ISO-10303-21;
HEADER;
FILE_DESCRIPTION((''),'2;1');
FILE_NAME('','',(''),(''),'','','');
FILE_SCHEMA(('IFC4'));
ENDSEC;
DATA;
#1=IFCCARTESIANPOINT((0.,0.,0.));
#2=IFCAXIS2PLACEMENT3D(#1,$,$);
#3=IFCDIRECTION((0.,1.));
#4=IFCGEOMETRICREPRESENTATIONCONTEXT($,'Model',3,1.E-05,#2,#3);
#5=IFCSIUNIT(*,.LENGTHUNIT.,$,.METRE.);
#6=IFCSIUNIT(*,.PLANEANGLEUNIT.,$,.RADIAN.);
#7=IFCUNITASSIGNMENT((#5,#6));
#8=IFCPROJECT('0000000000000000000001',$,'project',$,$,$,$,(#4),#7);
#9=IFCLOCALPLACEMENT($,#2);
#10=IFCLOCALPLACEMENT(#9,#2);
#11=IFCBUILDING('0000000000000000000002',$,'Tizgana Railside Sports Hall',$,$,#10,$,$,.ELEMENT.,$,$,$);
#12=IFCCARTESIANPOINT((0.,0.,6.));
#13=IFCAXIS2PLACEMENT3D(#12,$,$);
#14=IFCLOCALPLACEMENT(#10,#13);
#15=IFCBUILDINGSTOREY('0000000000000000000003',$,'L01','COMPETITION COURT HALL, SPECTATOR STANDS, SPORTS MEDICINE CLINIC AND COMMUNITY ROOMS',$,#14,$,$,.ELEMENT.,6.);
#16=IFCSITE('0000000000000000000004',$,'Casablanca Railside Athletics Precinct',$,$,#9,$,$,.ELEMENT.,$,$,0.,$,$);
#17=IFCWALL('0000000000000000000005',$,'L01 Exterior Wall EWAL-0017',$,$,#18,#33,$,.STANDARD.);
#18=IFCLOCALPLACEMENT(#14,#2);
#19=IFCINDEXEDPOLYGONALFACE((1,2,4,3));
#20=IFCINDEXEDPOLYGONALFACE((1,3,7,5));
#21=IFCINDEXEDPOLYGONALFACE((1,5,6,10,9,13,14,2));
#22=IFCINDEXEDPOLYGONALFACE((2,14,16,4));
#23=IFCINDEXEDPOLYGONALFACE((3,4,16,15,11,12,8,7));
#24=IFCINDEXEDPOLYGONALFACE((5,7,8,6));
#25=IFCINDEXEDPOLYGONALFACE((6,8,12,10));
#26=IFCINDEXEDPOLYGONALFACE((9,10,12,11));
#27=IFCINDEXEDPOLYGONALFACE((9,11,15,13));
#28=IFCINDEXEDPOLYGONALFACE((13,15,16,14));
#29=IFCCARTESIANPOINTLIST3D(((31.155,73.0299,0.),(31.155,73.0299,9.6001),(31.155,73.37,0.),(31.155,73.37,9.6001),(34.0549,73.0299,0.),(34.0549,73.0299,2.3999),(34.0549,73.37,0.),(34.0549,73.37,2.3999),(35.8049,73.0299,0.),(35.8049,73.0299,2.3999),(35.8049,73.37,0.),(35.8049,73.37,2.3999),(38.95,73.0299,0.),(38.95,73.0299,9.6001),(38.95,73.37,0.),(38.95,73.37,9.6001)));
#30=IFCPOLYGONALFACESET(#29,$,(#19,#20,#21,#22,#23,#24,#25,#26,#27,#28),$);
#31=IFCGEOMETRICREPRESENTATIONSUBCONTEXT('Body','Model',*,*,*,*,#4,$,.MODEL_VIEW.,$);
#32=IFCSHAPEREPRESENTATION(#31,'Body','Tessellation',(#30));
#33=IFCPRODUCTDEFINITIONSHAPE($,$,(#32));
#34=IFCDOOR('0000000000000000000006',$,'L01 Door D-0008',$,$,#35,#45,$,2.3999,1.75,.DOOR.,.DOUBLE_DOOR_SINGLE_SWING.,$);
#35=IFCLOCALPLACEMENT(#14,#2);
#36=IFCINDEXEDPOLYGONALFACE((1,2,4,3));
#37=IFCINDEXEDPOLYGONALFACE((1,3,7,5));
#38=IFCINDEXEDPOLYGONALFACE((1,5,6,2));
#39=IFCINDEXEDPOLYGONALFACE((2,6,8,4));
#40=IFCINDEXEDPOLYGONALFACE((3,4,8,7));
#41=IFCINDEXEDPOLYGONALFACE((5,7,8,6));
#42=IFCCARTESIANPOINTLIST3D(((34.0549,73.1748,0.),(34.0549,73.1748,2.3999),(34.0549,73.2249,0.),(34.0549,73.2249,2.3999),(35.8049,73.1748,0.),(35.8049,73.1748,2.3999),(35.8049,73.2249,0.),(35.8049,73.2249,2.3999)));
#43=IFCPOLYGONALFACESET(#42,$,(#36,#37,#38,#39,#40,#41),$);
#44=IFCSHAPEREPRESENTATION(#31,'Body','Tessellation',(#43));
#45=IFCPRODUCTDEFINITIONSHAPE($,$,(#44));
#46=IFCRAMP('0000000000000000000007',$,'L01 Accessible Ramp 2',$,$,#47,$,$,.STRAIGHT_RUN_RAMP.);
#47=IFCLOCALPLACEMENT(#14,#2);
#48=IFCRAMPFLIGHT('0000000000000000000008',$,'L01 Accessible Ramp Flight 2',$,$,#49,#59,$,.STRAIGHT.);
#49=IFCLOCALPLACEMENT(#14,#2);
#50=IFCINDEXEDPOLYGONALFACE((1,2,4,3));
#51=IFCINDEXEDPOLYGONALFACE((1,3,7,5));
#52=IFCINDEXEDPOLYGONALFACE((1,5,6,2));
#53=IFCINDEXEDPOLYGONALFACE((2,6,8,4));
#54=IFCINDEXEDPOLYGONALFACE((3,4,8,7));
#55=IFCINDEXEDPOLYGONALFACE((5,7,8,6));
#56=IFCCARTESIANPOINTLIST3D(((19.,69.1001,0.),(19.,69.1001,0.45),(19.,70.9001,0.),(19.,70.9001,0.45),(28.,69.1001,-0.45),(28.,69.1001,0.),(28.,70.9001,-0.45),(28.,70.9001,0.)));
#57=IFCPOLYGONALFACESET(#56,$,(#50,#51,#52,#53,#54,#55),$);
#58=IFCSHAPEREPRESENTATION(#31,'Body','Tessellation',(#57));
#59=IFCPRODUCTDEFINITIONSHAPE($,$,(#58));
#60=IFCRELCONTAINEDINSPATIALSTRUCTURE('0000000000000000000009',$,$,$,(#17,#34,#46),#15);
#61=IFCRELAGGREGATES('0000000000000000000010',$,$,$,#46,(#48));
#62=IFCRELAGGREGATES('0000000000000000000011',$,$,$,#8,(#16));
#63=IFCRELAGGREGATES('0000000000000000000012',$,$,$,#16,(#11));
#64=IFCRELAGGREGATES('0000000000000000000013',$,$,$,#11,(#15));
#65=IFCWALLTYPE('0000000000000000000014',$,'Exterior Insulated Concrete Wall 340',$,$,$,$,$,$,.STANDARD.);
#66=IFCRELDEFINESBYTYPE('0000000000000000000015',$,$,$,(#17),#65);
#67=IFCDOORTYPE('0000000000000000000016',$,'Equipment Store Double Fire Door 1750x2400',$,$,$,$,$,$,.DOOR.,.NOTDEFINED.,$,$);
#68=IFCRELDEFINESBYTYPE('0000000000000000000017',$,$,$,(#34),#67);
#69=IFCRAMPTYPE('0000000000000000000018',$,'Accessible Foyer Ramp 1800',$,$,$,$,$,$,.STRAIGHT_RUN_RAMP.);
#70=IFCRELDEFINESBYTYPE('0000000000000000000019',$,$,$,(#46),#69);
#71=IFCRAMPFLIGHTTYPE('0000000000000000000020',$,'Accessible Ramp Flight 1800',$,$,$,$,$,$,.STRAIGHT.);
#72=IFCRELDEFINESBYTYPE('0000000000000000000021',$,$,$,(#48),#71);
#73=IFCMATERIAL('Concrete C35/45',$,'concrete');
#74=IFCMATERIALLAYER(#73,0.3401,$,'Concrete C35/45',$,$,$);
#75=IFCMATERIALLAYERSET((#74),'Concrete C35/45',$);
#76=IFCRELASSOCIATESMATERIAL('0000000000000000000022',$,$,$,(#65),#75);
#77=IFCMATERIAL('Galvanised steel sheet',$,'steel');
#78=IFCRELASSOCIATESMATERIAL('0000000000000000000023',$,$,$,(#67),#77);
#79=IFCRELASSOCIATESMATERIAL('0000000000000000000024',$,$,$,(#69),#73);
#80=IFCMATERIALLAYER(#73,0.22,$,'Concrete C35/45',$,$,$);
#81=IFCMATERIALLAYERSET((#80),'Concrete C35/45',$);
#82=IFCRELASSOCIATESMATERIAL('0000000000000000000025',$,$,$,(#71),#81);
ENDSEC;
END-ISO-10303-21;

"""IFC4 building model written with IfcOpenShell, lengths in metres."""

from ifc_helpers import new_model, si_unit, direction, frame, frame_2d, origin, place, context, subcontext, project, spatial, polyline, rectangle, outline, extrude, material, layer, layer_set, type_object, element, fill, aggregate, save


model = new_model("IFC4")

# Units and contexts
model_context = context("Model", 3, precision=1e-05, world=origin(), true_north=direction((0.0, 1.0)))
body_context = subcontext(model_context, "Body", "Model", "MODEL_VIEW")
ifc_project = project(units=[si_unit("LENGTHUNIT", "METRE"), si_unit("PLANEANGLEUNIT", "RADIAN")], contexts=[model_context])

# Site, building, storey
site_placement = place(None, origin())
site = spatial("IfcSite", under=ifc_project, at=site_placement, Name="Casablanca Railside Athletics Precinct", CompositionType="ELEMENT", RefElevation=0.0)
building_placement = place(site_placement, origin())
building = spatial("IfcBuilding", under=site, at=building_placement, Name="Tizgana Railside Sports Hall", CompositionType="ELEMENT")
storey_placement = place(building_placement, frame((0.0, 0.0, 6.0)))
storey = spatial("IfcBuildingStorey", under=building, at=storey_placement, Name="L01", Description="COMPETITION COURT HALL, SPECTATOR STANDS, SPORTS MEDICINE CLINIC AND COMMUNITY ROOMS", CompositionType="ELEMENT", Elevation=6.0)

# Shared definitions
ifc_material_1 = material(Name="Concrete C35/45", Category="concrete")
ifc_layer_1 = layer(ifc_material_1, 0.3401, Name="Concrete C35/45")
ifc_layer_set_1 = layer_set([ifc_layer_1], Name="Concrete C35/45")
wall_type_1 = type_object("IfcWallType", Name="Exterior Insulated Concrete Wall 340", PredefinedType="STANDARD", material=ifc_layer_set_1)
ifc_material_2 = material(Name="Galvanised steel sheet", Category="steel")
door_type = type_object("IfcDoorType", Name="Equipment Store Double Fire Door 1750x2400", OperationType="NOTDEFINED", PredefinedType="DOOR", material=ifc_material_2)

# Wall, opening, door
wall_1_placement = place(storey_placement, frame((31.155, 73.2, 0.0), z_axis=(0.0, 0.0, 1.0), x_axis=(1.0, 0.0, 0.0)))
wall_1 = element("IfcWall", 1, at=wall_1_placement, inside=storey, type_object=wall_type_1, Name="L01 Exterior Wall EWAL-0017", PredefinedType="STANDARD", context=body_context, shape_type="SweptSolid", body=[
    extrude(rectangle(XDim=7.7949, YDim=0.3401, at=frame_2d((3.8975, 0.0))), origin(), (0.0, 0.0, 1.0), 9.6001),
])
opening_1_placement = place(wall_1_placement, frame((2.8999, 0.0, 0.0)))
opening_1 = element("IfcOpeningElement", 2, at=opening_1_placement, cuts=wall_1, PredefinedType="OPENING", context=body_context, shape_type="SweptSolid", body=[
    extrude(rectangle(XDim=1.75, YDim=2.3999, at=frame_2d((0.875, 1.2))), frame((0.0, 0.1799, 0.0), z_axis=(0.0, -1.0, 0.0), x_axis=(1.0, 0.0, 0.0)), (0.0, 0.0, 1.0), 0.3601),
])
door_1_placement = place(opening_1_placement, origin())
door_1 = element("IfcDoor", 3, at=door_1_placement, inside=storey, type_object=door_type, Name="L01 Door D-0008", OperationType="DOUBLE_DOOR_SINGLE_SWING", OverallHeight=2.3999, OverallWidth=1.75, PredefinedType="DOOR", context=body_context, shape_type="SweptSolid", body=[
    extrude(rectangle(XDim=1.75, YDim=2.3999, at=frame_2d((0.875, 1.2))), frame((0.0, 0.0249, 0.0), z_axis=(0.0, -1.0, 0.0), x_axis=(1.0, 0.0, 0.0)), (0.0, 0.0, 1.0), 0.05),
])
fill(opening_1, door_1)

# Ramp, ramp flight
ramp_type = type_object("IfcRampType", Name="Accessible Foyer Ramp 1800", PredefinedType="STRAIGHT_RUN_RAMP", material=ifc_material_1)
ramp_placement = place(storey_placement, origin())
ramp = element("IfcRamp", 4, at=ramp_placement, inside=storey, type_object=ramp_type, Name="L01 Accessible Ramp 2", PredefinedType="STRAIGHT_RUN_RAMP")
ifc_layer_2 = layer(ifc_material_1, 0.22, Name="Concrete C35/45")
ifc_layer_set_2 = layer_set([ifc_layer_2], Name="Concrete C35/45")
ramp_flight_type = type_object("IfcRampFlightType", Name="Accessible Ramp Flight 1800", PredefinedType="STRAIGHT", material=ifc_layer_set_2)
ramp_flight_placement = place(storey_placement, frame((28.0, 70.0, 0.0), z_axis=(0.0, 0.0, 1.0), x_axis=(-1.0, 0.0, 0.0)))
ramp_flight = element("IfcRampFlight", 5, at=ramp_flight_placement, type_object=ramp_flight_type, Name="L01 Accessible Ramp Flight 2", PredefinedType="STRAIGHT", context=body_context, shape_type="SweptSolid", body=[
    extrude(outline(polyline([(0.0, 0.0), (9.0, 0.45), (9.0, 0.0), (0.0, -0.45), (0.0, 0.0)])), frame((0.0, 0.8999, 0.0), z_axis=(0.0, -1.0, 0.0), x_axis=(1.0, 0.0, 0.0)), (0.0, 0.0, 1.0), 1.8),
])
aggregate(ramp, [ramp_flight])

save(model, "model.ifc")
